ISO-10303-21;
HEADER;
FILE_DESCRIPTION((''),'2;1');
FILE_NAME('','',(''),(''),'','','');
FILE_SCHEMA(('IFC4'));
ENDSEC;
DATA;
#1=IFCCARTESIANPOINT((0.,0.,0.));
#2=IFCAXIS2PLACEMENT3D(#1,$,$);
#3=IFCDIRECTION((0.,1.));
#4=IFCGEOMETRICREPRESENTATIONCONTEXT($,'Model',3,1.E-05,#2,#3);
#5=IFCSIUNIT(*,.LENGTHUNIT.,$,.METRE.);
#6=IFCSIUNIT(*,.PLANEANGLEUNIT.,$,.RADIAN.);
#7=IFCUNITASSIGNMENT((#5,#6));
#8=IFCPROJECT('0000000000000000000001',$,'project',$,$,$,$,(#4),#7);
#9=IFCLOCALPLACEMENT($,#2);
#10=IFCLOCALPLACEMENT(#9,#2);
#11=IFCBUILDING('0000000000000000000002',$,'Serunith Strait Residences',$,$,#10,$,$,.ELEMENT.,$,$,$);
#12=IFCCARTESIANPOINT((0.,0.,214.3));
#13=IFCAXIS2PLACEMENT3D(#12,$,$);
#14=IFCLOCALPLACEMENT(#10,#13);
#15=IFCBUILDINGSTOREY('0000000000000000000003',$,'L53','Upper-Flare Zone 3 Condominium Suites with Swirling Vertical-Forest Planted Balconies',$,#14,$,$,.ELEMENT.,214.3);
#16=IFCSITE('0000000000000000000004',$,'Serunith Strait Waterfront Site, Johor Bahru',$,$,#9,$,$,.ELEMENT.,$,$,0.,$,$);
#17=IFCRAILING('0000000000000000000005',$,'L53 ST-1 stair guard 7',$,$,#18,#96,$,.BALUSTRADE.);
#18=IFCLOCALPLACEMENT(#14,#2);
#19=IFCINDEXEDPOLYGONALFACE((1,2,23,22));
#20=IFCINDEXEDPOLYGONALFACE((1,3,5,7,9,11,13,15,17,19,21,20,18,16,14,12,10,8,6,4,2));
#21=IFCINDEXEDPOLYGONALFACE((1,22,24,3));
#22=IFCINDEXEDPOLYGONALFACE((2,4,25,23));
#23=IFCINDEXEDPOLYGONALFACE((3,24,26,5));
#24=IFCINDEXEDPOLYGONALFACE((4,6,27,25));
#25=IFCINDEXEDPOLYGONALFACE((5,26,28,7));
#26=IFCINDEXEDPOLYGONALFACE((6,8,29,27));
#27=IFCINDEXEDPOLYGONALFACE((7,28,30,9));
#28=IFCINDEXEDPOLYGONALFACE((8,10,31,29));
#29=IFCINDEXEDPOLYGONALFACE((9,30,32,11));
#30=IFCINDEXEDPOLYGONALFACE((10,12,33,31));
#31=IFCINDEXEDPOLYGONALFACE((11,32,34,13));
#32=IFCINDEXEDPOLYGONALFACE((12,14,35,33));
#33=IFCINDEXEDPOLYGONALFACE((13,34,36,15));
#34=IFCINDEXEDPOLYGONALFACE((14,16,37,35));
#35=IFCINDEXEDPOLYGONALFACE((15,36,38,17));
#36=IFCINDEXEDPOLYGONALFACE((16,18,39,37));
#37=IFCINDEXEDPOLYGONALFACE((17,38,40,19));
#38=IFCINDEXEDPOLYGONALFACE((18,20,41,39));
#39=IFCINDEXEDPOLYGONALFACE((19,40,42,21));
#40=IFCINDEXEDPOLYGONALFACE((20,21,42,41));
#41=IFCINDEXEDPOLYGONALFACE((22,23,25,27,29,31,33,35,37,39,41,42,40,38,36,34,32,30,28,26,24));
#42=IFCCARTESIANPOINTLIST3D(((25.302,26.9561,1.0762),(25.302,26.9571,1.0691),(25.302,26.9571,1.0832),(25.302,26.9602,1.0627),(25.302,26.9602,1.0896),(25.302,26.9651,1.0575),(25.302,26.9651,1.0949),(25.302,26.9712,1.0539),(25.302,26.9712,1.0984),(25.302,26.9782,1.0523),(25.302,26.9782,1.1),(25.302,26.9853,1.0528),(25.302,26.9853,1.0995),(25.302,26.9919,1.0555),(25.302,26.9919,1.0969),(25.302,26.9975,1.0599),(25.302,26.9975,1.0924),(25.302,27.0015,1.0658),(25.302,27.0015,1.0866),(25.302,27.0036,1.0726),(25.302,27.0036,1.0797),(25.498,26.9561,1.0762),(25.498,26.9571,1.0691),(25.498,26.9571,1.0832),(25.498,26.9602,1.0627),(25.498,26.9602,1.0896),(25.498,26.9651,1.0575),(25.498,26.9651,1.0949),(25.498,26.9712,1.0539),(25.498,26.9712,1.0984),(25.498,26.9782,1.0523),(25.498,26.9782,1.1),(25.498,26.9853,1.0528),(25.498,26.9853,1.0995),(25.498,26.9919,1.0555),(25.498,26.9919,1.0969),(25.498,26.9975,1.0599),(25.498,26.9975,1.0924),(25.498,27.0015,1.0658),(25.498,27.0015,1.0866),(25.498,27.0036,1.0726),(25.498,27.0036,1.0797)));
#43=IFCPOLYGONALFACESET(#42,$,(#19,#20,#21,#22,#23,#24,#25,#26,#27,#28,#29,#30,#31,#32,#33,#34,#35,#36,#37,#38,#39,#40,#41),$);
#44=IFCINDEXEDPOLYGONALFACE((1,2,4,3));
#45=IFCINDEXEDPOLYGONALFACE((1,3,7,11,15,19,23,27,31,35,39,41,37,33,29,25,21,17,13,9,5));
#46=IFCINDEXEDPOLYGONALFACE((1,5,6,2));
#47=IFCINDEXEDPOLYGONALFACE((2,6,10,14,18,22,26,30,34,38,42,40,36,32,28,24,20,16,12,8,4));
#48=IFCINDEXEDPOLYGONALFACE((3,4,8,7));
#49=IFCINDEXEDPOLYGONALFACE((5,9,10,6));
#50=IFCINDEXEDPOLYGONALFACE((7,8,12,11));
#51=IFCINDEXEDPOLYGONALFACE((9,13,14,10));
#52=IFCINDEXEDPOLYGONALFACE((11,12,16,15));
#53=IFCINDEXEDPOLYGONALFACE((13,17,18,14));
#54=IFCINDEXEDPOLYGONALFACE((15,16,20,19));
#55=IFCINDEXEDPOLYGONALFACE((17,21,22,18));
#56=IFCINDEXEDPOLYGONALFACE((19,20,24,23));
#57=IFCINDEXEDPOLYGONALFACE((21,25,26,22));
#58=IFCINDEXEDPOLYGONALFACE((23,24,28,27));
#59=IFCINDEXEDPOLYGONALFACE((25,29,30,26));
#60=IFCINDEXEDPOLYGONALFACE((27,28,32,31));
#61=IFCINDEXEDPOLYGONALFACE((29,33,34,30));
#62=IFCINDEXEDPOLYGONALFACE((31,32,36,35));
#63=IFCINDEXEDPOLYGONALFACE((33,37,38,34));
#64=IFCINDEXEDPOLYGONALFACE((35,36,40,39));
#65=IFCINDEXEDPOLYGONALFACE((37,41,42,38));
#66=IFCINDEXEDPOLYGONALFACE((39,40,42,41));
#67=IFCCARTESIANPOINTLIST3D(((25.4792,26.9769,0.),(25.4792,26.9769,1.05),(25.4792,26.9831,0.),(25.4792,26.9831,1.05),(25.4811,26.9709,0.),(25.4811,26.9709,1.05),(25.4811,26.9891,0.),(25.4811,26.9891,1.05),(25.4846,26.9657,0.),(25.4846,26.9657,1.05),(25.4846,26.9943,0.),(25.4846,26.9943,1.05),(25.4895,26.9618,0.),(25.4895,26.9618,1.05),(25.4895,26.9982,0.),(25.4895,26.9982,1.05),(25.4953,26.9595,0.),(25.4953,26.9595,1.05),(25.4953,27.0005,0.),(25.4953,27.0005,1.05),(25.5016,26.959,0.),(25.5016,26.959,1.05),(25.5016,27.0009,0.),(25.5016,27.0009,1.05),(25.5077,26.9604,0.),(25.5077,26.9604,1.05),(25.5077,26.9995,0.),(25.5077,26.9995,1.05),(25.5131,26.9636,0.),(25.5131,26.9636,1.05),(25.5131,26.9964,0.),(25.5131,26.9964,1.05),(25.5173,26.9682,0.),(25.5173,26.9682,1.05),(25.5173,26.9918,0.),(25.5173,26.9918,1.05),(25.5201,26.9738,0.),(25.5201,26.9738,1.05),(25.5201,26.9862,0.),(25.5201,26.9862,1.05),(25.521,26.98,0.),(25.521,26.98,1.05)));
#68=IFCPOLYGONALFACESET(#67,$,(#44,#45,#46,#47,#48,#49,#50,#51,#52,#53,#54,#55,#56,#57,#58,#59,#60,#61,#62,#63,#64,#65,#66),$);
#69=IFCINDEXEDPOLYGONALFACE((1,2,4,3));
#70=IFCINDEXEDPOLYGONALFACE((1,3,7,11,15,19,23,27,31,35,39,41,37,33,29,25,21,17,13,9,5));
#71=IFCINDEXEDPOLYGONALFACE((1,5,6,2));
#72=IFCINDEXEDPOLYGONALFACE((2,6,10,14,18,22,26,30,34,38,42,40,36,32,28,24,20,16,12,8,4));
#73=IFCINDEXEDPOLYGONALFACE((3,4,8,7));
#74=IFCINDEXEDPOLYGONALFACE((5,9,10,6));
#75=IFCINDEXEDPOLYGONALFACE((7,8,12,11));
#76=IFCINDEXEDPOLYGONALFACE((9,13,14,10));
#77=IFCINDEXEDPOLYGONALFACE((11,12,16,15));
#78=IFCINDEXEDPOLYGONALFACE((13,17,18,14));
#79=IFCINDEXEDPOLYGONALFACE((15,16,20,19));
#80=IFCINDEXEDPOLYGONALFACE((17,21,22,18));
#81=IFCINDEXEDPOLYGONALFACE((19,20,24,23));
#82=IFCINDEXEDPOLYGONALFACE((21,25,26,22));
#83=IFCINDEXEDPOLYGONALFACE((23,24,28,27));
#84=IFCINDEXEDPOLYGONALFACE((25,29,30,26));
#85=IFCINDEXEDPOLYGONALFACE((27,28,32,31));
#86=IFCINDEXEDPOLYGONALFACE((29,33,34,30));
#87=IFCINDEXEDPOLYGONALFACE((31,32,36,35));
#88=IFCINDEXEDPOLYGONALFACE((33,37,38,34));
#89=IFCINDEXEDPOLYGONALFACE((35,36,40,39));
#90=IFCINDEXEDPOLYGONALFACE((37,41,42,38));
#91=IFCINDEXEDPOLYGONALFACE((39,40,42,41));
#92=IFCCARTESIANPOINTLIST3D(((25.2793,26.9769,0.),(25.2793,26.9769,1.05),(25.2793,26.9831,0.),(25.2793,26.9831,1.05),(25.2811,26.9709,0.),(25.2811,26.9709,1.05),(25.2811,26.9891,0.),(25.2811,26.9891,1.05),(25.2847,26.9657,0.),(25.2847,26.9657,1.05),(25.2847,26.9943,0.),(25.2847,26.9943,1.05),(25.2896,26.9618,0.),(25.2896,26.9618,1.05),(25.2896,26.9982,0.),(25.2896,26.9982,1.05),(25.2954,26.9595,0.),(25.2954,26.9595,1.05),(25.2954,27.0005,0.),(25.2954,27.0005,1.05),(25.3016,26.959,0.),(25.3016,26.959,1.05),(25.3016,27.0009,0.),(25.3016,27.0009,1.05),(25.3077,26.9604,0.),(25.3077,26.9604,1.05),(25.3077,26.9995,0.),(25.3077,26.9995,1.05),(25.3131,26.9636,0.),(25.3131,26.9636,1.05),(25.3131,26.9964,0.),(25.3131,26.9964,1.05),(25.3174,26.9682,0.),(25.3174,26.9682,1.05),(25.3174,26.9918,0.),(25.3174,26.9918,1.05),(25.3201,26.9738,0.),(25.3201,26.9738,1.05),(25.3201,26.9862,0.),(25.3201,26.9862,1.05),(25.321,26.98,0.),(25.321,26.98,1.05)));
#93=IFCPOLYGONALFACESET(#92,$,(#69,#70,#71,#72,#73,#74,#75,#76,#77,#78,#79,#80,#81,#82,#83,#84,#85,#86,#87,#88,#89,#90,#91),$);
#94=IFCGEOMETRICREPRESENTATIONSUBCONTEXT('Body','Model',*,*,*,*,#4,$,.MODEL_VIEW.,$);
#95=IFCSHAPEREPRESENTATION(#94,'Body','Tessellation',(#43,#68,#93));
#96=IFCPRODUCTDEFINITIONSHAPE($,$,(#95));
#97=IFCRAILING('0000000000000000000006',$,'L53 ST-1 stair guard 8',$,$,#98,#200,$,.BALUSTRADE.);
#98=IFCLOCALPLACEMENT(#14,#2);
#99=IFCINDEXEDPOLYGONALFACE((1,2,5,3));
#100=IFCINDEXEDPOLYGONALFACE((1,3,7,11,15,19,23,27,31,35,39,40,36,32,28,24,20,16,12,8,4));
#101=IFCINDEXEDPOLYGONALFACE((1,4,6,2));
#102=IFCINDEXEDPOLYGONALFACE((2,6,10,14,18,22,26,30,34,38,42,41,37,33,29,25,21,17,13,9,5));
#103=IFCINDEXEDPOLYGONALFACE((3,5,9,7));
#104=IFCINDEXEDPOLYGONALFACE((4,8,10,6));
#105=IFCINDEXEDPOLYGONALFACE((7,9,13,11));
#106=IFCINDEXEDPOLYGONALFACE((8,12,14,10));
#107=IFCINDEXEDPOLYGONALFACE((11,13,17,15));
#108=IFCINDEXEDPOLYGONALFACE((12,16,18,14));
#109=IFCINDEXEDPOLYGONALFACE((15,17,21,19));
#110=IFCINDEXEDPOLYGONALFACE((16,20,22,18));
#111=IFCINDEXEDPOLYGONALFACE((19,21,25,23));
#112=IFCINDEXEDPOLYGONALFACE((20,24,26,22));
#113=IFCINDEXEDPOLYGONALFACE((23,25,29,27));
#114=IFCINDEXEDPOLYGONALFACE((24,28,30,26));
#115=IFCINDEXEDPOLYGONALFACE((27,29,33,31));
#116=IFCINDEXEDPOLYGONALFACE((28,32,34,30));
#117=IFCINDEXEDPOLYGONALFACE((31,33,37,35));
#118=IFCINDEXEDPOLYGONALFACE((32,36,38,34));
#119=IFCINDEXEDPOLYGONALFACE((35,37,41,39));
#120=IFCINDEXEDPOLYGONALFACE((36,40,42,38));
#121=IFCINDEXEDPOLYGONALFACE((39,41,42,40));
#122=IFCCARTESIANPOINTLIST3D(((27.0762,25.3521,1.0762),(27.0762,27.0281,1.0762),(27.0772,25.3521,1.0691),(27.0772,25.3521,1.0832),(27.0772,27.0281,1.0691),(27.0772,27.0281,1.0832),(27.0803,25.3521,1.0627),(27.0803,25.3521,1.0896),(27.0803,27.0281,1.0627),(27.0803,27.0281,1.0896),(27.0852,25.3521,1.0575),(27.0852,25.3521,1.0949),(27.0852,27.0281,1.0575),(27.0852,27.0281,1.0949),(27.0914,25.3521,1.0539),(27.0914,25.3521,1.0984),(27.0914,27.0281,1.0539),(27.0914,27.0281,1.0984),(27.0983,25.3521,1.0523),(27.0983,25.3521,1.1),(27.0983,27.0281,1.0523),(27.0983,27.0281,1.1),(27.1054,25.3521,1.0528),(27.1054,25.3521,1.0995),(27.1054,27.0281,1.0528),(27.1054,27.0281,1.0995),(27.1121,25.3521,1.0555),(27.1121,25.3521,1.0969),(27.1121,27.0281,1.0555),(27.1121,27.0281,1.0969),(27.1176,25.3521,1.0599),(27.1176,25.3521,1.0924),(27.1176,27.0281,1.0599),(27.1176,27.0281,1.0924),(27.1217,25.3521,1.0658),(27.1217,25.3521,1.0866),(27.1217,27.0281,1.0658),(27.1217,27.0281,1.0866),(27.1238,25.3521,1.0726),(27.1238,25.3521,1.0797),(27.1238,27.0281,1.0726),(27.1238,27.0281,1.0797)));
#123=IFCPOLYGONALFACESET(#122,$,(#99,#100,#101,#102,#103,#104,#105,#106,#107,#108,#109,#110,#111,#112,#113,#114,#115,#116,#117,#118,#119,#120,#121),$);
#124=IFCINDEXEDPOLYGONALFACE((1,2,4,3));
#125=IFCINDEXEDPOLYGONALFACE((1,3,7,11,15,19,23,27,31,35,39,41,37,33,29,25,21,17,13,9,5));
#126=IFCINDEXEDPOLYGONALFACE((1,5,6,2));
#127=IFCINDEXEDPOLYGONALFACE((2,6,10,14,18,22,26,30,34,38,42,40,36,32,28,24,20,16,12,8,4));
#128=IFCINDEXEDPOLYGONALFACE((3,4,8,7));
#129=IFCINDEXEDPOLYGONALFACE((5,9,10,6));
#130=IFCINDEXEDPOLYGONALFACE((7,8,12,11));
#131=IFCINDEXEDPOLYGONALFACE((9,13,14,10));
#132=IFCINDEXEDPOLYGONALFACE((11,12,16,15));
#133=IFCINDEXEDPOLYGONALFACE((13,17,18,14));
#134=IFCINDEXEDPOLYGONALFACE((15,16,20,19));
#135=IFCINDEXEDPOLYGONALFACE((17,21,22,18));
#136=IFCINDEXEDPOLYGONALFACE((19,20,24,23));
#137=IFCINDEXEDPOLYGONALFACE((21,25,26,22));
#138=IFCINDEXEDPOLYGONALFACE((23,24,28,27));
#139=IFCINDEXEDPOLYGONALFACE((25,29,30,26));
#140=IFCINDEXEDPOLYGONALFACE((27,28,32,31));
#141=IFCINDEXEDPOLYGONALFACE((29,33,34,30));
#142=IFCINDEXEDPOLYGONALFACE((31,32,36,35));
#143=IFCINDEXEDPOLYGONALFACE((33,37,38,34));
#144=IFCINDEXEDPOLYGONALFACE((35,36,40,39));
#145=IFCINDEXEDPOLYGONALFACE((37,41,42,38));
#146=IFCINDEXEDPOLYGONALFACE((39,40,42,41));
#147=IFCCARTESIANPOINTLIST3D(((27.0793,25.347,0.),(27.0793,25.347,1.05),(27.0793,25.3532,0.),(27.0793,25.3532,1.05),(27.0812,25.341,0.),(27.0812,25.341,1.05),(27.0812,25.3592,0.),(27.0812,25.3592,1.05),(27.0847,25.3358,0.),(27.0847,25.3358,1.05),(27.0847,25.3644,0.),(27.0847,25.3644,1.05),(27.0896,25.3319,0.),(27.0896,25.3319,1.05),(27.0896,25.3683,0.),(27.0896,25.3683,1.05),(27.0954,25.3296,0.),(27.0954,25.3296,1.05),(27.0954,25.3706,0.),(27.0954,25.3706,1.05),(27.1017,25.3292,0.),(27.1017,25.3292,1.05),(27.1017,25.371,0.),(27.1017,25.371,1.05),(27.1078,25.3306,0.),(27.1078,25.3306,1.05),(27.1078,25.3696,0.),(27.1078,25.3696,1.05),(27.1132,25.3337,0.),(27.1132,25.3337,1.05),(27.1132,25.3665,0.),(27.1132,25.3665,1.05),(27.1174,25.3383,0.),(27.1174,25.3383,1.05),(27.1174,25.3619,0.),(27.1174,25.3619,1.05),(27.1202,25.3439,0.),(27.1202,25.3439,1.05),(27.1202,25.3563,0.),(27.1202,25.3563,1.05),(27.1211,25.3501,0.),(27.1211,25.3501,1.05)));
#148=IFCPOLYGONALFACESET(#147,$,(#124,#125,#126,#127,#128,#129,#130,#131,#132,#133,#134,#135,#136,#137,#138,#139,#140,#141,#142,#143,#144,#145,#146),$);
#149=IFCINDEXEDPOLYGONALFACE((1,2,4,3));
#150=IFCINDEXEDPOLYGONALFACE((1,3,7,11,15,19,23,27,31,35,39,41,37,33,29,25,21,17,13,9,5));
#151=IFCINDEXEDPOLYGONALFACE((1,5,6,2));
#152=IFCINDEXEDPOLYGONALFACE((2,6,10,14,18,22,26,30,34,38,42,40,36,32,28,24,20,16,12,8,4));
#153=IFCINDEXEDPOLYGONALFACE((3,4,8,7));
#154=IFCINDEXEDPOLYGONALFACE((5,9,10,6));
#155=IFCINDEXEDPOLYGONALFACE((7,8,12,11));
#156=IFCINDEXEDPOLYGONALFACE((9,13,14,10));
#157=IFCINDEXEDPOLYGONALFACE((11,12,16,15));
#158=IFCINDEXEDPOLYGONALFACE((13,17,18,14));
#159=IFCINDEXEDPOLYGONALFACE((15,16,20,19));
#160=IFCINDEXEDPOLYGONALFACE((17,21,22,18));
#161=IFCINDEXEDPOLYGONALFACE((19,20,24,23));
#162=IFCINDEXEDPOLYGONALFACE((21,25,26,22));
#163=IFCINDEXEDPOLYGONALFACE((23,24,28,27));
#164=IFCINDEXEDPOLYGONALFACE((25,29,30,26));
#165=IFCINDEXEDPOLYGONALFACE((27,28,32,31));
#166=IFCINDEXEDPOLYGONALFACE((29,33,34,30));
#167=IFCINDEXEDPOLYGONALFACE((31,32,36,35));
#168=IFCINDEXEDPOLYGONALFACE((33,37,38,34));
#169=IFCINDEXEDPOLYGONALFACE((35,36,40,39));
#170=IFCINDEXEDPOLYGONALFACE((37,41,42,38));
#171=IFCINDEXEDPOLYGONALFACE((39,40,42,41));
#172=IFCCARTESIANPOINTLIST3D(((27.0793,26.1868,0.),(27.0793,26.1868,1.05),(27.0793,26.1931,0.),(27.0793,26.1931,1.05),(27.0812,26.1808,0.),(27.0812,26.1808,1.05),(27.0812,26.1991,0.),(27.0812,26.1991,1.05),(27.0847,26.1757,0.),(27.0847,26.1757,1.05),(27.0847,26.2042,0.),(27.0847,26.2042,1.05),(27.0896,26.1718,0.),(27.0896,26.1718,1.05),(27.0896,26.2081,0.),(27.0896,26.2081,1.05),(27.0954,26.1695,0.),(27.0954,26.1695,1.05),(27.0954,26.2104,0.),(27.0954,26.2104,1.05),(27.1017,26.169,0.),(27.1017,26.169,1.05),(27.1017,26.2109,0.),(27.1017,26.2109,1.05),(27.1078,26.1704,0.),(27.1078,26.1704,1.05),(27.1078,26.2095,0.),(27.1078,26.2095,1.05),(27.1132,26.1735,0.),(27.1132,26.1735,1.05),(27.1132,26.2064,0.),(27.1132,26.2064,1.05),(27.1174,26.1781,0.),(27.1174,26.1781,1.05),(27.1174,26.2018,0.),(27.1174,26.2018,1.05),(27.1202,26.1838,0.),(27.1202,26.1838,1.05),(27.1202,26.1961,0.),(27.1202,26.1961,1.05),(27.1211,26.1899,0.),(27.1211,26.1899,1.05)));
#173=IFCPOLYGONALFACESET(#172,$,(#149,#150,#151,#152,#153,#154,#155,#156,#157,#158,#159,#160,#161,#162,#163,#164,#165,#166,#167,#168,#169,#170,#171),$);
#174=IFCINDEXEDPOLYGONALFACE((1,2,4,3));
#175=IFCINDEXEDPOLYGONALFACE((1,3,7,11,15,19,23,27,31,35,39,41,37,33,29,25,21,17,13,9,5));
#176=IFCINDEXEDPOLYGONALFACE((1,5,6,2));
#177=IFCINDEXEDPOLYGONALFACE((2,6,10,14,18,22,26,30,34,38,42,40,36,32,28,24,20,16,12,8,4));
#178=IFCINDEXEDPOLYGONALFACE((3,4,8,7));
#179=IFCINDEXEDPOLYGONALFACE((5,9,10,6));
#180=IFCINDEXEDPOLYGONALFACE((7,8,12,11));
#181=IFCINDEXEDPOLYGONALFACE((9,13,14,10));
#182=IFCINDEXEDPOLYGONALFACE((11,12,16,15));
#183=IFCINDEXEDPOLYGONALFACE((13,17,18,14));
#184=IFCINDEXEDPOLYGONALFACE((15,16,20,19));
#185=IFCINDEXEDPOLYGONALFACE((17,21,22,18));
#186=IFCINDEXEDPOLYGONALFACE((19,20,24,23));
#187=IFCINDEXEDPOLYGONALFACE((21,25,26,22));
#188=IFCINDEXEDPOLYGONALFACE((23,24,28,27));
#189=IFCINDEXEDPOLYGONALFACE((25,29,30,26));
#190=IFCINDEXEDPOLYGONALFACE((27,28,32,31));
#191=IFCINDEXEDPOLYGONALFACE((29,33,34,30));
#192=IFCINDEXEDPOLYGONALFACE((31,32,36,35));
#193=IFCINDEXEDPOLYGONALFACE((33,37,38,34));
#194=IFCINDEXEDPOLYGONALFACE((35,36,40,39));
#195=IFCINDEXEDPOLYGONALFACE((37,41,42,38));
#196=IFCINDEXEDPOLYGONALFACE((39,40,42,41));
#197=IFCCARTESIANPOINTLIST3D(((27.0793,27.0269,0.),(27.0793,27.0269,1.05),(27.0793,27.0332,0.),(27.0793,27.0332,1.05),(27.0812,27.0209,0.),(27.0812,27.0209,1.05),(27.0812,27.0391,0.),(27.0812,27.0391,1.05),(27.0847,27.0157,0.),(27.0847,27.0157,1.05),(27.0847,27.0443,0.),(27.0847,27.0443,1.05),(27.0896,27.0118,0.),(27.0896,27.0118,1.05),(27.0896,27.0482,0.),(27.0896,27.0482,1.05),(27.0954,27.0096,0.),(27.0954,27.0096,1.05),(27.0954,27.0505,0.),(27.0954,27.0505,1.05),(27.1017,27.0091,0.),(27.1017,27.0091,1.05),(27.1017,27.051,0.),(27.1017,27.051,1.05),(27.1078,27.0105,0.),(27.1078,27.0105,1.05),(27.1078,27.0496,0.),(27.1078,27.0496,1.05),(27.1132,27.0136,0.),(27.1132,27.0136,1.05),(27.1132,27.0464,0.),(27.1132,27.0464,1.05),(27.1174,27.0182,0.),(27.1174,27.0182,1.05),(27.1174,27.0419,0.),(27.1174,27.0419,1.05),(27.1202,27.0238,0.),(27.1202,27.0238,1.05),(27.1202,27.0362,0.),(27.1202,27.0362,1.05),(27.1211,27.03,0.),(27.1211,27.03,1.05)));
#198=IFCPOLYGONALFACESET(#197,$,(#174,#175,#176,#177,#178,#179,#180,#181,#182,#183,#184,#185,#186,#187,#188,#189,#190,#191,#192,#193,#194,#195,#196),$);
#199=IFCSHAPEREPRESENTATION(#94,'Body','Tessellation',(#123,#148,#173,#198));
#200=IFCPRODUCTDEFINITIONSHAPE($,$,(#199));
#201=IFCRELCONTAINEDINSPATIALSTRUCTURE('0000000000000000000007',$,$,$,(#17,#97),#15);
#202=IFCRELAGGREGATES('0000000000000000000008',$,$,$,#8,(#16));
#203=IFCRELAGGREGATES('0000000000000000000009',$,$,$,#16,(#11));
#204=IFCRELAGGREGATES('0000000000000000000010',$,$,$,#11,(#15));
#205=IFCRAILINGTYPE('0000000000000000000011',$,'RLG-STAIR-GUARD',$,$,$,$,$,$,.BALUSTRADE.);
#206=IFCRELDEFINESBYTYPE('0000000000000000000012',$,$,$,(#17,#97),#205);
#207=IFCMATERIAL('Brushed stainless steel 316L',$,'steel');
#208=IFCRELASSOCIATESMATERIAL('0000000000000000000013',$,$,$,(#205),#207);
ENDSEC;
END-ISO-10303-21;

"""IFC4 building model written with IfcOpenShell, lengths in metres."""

from ifc_helpers import new_model, si_unit, direction, frame, origin, origin_2d, place, context, subcontext, project, spatial, circle, extrude, material, type_object, element, save


model = new_model("IFC4")

# Units and contexts
model_context = context("Model", 3, precision=1e-05, world=origin(), true_north=direction((0.0, 1.0)))
body_context = subcontext(model_context, "Body", "Model", "MODEL_VIEW")
ifc_project = project(units=[si_unit("LENGTHUNIT", "METRE"), si_unit("PLANEANGLEUNIT", "RADIAN")], contexts=[model_context])

# Site, building, storey
site_placement = place(None, origin())
site = spatial("IfcSite", under=ifc_project, at=site_placement, Name="Serunith Strait Waterfront Site, Johor Bahru", CompositionType="ELEMENT", RefElevation=0.0)
building_placement = place(site_placement, origin())
building = spatial("IfcBuilding", under=site, at=building_placement, Name="Serunith Strait Residences", CompositionType="ELEMENT")
storey_placement = place(building_placement, frame((0.0, 0.0, 214.3)))
storey = spatial("IfcBuildingStorey", under=building, at=storey_placement, Name="L53", Description="Upper-Flare Zone 3 Condominium Suites with Swirling Vertical-Forest Planted Balconies", CompositionType="ELEMENT", Elevation=214.3)

# Railings
ifc_material_1 = material(Name="Brushed stainless steel 316L", Category="steel")
railing_type_1 = type_object("IfcRailingType", Name="RLG-STAIR-GUARD", PredefinedType="BALUSTRADE", material=ifc_material_1)
railing_1_placement = place(storey_placement, frame((25.5, 26.98, 0.0)))
element("IfcRailing", 1, at=railing_1_placement, inside=storey, type_object=railing_type_1, Name="L53 ST-1 stair guard 7", PredefinedType="BALUSTRADE", context=body_context, shape_type="SweptSolid", body=[
    extrude(circle(Radius=0.0239, at=origin_2d()), frame((-0.002, 0.0, 1.0762), z_axis=(-1.0, 0.0, 0.0), x_axis=(0.0, -1.0, 0.0)), (0.0, 0.0, 1.0), 0.196),
    extrude(circle(Radius=0.021, at=origin_2d()), origin(), (0.0, 0.0, 1.0), 1.05),
    extrude(circle(Radius=0.021, at=origin_2d()), frame((-0.2, 0.0, 0.0)), (0.0, 0.0, 1.0), 1.05),
])
for number, where, name in (
    (2, (27.1001, 25.3501, 0.0), "L53 ST-1 stair guard 8"),
):
    element("IfcRailing", number, at=place(storey_placement, frame(where)), inside=storey, type_object=railing_type_1, Name=name, PredefinedType="BALUSTRADE", context=body_context, shape_type="SweptSolid", body=[
        extrude(circle(Radius=0.0239, at=origin_2d()), frame((0.0, 0.002, 1.0762), z_axis=(0.0, 1.0, 0.0), x_axis=(-1.0, 0.0, 0.0)), (0.0, 0.0, 1.0), 1.676),
        extrude(circle(Radius=0.021, at=origin_2d()), origin(), (0.0, 0.0, 1.0), 1.05),
        extrude(circle(Radius=0.021, at=origin_2d()), frame((0.0, 0.8398, 0.0)), (0.0, 0.0, 1.0), 1.05),
        extrude(circle(Radius=0.021, at=origin_2d()), frame((0.0, 1.6799, 0.0)), (0.0, 0.0, 1.0), 1.05),
    ])

save(model, "model.ifc")
